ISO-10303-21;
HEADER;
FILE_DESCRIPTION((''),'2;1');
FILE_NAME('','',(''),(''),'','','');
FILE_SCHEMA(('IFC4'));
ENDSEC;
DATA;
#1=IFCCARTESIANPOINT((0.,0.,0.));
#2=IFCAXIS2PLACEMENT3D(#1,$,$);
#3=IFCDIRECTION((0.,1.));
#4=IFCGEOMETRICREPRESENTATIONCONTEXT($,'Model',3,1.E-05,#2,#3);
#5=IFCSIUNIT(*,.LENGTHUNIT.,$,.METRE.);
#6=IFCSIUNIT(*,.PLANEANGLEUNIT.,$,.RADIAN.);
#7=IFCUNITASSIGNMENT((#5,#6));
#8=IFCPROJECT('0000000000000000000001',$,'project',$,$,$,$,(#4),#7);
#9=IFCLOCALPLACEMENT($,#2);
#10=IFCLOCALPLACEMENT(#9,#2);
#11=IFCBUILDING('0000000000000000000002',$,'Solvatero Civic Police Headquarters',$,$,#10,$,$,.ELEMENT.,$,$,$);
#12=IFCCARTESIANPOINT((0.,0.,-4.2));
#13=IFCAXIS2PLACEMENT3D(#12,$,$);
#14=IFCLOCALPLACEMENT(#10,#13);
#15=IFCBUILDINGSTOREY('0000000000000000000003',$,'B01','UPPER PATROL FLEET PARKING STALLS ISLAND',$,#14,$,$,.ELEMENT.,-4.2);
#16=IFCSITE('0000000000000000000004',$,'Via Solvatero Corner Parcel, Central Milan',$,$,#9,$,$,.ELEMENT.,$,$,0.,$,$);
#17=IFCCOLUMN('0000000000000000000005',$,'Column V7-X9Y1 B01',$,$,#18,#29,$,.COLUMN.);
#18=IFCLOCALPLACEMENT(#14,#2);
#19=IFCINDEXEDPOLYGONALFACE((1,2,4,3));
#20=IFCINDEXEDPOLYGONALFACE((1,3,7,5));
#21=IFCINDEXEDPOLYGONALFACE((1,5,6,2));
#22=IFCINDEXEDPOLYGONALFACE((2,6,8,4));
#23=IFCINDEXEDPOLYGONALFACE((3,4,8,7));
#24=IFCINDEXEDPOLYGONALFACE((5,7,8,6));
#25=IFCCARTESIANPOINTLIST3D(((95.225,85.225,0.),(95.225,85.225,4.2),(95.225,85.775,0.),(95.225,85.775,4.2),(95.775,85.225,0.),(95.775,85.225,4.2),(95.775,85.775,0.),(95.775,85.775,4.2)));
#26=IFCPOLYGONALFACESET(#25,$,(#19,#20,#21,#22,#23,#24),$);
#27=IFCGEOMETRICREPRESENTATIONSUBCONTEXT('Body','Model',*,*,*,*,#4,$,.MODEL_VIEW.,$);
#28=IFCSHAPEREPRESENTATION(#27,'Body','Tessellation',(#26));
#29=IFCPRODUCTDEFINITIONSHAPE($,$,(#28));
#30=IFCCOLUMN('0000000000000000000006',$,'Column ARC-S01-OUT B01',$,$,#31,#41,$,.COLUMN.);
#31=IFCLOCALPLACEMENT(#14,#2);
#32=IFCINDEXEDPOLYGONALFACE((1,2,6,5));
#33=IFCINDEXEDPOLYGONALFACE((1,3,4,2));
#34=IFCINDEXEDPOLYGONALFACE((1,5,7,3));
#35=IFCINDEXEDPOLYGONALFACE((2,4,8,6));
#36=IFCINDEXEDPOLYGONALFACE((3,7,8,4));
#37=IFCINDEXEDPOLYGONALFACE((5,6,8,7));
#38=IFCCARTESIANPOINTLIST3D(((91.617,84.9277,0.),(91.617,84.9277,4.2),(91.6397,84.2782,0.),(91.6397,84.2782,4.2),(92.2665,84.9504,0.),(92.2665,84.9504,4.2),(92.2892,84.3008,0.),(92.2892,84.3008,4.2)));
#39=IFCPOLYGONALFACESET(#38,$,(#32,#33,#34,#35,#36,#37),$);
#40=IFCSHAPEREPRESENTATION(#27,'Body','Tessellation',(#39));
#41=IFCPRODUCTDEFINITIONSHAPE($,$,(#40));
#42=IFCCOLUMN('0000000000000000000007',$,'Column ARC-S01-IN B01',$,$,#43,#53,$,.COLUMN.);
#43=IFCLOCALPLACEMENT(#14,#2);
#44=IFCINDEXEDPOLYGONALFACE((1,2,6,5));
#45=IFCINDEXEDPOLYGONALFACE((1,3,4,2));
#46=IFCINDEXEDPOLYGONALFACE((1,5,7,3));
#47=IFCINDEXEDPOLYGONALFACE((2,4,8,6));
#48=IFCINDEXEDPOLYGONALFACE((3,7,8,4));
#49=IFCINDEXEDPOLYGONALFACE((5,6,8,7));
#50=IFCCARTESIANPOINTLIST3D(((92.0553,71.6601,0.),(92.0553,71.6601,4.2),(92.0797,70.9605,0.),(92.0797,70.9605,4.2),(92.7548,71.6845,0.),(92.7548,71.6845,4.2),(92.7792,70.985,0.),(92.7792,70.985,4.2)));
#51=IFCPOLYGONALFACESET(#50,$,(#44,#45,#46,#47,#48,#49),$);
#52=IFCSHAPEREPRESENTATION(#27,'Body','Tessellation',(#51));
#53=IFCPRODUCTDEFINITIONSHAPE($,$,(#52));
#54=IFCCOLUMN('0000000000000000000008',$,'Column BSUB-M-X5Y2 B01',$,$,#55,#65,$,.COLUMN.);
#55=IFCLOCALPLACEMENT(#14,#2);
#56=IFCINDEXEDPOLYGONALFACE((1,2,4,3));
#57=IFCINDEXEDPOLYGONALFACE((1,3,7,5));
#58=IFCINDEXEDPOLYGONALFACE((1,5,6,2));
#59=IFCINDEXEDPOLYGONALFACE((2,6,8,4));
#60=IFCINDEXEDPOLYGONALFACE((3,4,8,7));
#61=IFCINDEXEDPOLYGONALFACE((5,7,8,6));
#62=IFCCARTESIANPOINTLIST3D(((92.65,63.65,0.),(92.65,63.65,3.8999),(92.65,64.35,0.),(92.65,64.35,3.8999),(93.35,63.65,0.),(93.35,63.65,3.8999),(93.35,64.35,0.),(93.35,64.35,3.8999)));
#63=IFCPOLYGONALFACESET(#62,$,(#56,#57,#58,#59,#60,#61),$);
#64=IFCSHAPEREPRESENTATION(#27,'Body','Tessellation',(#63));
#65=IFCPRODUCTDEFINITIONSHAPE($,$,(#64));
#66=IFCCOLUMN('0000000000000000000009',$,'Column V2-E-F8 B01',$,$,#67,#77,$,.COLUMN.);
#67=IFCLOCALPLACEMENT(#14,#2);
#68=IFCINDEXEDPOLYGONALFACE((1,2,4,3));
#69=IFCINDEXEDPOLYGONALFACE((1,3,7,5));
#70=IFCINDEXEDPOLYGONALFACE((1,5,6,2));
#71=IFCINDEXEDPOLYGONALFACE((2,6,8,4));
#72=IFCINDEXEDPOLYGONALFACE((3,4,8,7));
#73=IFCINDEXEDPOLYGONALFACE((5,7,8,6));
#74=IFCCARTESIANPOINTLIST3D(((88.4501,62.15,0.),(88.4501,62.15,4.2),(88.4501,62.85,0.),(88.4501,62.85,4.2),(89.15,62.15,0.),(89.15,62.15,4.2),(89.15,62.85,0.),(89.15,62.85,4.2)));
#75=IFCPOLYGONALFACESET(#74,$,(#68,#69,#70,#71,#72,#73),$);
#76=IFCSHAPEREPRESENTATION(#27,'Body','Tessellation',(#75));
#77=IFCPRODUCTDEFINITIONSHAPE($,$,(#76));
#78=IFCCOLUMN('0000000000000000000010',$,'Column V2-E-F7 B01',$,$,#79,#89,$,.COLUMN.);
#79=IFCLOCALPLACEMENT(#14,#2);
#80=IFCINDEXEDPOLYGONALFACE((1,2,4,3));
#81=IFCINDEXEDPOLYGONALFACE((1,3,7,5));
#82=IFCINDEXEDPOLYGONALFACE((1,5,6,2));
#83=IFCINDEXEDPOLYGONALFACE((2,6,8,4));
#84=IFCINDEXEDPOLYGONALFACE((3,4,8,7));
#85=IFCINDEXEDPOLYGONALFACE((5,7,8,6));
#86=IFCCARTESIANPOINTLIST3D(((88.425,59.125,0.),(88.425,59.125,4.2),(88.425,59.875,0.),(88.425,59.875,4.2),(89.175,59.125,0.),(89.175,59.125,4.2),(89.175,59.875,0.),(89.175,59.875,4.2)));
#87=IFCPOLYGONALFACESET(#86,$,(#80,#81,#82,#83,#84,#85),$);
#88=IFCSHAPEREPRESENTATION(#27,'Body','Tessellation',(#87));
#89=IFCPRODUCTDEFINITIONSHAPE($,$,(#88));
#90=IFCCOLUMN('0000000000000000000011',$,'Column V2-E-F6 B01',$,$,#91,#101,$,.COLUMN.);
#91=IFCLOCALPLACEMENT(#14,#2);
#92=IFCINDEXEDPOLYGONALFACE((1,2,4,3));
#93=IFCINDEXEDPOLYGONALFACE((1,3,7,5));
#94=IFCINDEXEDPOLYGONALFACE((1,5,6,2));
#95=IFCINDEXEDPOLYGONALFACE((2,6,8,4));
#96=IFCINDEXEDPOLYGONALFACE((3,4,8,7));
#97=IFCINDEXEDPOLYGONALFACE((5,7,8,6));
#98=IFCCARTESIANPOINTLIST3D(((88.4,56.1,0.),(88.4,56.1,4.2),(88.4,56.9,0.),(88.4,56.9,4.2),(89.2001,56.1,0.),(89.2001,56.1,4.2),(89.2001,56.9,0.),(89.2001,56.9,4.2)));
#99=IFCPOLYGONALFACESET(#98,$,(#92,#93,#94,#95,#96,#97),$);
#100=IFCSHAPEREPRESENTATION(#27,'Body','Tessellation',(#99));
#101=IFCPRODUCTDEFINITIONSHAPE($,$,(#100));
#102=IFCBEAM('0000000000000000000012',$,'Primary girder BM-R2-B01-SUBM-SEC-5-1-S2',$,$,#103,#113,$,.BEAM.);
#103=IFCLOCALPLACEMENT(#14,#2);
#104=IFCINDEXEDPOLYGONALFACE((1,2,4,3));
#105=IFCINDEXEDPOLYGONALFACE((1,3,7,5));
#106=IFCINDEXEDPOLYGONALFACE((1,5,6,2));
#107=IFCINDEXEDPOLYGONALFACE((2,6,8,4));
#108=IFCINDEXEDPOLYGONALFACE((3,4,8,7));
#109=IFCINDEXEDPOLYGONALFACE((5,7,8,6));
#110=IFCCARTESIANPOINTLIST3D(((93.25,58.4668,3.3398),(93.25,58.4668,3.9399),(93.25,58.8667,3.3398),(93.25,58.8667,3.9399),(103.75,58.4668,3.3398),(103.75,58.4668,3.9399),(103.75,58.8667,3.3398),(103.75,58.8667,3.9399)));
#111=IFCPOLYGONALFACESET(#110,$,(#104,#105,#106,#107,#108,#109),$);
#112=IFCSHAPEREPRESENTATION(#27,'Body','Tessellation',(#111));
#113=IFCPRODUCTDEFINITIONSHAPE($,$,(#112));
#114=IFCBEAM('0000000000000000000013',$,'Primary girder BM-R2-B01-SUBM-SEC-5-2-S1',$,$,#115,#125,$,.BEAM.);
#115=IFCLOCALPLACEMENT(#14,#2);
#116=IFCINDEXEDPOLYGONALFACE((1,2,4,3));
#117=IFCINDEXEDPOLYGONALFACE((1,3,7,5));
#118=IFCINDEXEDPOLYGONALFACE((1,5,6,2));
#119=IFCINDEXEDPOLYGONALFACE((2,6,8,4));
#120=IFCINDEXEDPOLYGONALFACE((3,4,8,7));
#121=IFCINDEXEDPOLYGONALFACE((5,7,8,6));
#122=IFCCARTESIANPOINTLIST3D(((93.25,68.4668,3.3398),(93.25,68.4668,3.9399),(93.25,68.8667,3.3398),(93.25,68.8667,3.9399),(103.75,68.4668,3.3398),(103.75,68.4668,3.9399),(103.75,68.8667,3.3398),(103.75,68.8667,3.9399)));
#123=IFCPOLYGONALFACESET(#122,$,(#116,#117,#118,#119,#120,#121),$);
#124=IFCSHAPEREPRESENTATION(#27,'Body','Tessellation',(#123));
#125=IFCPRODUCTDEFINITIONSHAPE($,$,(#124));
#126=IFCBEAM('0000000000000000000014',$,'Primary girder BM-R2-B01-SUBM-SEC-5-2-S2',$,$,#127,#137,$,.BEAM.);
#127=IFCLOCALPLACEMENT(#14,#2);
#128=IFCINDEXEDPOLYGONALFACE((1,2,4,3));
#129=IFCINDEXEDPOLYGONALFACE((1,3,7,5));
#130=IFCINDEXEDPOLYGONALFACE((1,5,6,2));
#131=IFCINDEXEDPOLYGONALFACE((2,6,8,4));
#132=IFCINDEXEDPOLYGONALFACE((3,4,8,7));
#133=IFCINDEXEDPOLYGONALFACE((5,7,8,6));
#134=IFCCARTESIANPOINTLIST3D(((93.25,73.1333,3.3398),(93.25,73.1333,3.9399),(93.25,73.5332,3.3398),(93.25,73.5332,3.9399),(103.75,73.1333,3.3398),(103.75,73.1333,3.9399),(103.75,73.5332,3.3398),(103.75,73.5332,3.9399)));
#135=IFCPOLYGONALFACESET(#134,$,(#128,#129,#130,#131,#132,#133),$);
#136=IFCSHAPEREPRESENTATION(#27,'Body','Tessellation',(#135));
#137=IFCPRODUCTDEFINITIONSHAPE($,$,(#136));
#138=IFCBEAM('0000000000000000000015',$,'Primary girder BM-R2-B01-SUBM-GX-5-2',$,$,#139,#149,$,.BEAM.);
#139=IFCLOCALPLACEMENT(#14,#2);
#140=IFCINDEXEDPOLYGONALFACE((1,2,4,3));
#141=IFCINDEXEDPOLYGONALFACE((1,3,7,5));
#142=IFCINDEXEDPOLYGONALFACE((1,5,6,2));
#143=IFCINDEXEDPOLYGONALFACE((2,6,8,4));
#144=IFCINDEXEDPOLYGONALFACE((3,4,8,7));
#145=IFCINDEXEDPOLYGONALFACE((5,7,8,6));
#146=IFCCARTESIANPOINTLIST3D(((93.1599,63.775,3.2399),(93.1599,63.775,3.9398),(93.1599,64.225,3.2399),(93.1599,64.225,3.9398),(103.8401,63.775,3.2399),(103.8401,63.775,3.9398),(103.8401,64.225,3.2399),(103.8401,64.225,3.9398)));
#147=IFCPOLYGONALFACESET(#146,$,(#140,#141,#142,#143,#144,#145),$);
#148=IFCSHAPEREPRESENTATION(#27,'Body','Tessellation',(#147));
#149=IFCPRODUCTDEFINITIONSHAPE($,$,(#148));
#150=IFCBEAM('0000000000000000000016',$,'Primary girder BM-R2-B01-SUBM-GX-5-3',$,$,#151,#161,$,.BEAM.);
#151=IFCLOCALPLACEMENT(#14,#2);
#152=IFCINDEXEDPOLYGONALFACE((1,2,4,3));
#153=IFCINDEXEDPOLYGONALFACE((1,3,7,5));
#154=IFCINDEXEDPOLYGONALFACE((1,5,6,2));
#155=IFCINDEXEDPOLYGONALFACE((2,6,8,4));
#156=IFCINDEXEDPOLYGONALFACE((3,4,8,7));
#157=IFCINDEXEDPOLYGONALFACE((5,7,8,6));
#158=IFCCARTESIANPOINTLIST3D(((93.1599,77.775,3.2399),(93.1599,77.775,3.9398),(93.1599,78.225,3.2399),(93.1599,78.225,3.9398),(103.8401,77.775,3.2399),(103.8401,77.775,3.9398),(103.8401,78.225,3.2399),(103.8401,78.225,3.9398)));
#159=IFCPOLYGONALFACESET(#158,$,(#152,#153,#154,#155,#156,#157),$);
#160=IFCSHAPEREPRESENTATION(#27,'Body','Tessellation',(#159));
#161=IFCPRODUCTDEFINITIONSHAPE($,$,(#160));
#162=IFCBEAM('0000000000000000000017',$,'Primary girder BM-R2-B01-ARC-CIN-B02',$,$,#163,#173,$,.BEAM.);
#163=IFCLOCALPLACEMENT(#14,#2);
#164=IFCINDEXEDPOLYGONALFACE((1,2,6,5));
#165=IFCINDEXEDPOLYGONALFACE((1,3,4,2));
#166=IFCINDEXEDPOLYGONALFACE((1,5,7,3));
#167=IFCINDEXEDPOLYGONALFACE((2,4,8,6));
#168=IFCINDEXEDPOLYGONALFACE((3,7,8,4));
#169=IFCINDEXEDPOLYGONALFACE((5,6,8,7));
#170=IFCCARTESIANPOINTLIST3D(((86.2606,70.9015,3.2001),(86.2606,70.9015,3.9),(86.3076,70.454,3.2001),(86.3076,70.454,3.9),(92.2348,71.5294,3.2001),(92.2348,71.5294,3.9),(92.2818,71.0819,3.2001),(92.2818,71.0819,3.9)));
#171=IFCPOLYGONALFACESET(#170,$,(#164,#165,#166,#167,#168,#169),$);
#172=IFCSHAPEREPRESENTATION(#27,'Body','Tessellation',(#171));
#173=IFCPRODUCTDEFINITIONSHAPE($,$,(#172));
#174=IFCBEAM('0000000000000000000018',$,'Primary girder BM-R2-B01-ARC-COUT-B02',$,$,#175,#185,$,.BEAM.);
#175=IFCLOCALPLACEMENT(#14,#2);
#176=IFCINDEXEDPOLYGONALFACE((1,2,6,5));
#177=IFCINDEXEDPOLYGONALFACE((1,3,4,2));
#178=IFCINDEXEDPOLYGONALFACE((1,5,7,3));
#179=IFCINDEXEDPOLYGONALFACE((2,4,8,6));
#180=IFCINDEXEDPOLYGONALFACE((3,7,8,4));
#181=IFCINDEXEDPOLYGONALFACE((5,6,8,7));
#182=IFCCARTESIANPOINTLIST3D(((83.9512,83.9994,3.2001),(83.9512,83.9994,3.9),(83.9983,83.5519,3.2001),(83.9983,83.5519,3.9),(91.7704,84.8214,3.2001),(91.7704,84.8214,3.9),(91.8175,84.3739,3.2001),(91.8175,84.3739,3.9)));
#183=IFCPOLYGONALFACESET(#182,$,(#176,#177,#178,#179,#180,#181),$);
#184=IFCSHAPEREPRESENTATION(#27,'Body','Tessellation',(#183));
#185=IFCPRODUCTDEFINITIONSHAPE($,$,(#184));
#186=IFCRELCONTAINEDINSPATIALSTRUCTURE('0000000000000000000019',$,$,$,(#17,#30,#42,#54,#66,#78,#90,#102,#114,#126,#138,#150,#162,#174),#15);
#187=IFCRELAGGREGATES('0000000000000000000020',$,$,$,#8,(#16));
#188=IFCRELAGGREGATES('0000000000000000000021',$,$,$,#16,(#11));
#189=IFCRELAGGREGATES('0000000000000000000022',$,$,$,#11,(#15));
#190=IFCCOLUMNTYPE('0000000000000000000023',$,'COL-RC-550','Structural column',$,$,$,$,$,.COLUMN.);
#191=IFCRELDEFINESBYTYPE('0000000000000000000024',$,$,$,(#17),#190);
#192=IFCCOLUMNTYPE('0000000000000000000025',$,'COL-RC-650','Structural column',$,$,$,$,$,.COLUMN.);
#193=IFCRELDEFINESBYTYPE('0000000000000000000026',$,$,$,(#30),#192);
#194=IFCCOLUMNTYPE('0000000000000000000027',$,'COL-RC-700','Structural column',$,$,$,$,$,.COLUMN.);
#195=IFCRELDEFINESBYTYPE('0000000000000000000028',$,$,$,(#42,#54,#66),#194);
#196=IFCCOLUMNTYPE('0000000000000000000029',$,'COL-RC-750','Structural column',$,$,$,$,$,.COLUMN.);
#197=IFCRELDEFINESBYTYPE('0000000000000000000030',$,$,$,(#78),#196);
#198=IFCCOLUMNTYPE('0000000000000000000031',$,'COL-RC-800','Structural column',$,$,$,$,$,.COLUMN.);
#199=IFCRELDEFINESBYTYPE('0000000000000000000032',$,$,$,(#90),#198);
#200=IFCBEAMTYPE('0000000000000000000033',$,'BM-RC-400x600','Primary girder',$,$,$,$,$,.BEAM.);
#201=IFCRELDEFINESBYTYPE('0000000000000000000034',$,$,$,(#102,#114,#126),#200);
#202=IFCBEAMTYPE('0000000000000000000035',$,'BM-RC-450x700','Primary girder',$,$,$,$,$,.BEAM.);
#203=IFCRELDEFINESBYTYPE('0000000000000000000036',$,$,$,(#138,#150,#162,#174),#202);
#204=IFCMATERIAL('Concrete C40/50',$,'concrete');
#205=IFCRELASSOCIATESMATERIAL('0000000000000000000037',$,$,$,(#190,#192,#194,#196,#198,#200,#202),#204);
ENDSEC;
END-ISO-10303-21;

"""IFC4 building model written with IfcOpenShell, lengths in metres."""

from ifc_helpers import new_model, si_unit, direction, frame, origin, origin_2d, place, context, subcontext, project, spatial, rectangle, extrude, material, material_profile, profile_set, type_object, element, save


model = new_model("IFC4")

# Units and contexts
model_context = context("Model", 3, precision=1e-05, world=origin(), true_north=direction((0.0, 1.0)))
body_context = subcontext(model_context, "Body", "Model", "MODEL_VIEW")
ifc_project = project(units=[si_unit("LENGTHUNIT", "METRE"), si_unit("PLANEANGLEUNIT", "RADIAN")], contexts=[model_context])

# Site, building, storey
site_placement = place(None, origin())
site = spatial("IfcSite", under=ifc_project, at=site_placement, Name="Via Solvatero Corner Parcel, Central Milan", CompositionType="ELEMENT", RefElevation=0.0)
building_placement = place(site_placement, origin())
building = spatial("IfcBuilding", under=site, at=building_placement, Name="Solvatero Civic Police Headquarters", CompositionType="ELEMENT")
storey_placement = place(building_placement, frame((0.0, 0.0, -4.2)))
storey = spatial("IfcBuildingStorey", under=building, at=storey_placement, Name="B01", Description="UPPER PATROL FLEET PARKING STALLS ISLAND", CompositionType="ELEMENT", Elevation=-4.2)

# Columns
ifc_material_1 = material(Name="Concrete C40/50", Category="concrete")
ifc_material_profile_1 = material_profile(ifc_material_1, rectangle(XDim=0.55, YDim=0.55, at=origin_2d()), Name="RC 550x550")
ifc_profile_set_1 = profile_set([ifc_material_profile_1], Name="Concrete C40/50")
column_type_1 = type_object("IfcColumnType", Name="COL-RC-550", Description="Structural column", PredefinedType="COLUMN", material=ifc_profile_set_1)
column_1_placement = place(storey_placement, frame((95.5, 85.5, 0.0), z_axis=(0.0, 0.0, 1.0), x_axis=(1.0, 0.0, 0.0)))
element("IfcColumn", 1, at=column_1_placement, inside=storey, type_object=column_type_1, Name="Column V7-X9Y1 B01", PredefinedType="COLUMN", context=body_context, shape_type="SweptSolid", body=[
    extrude(rectangle(XDim=0.55, YDim=0.55, at=origin_2d()), origin(), (0.0, 0.0, 1.0), 4.2),
])
ifc_material_profile_2 = material_profile(ifc_material_1, rectangle(XDim=0.6499, YDim=0.6499, at=origin_2d()), Name="RC 650x650")
ifc_profile_set_2 = profile_set([ifc_material_profile_2], Name="Concrete C40/50")
column_type_2 = type_object("IfcColumnType", Name="COL-RC-650", Description="Structural column", PredefinedType="COLUMN", material=ifc_profile_set_2)
column_2_placement = place(storey_placement, frame((91.9531, 84.6143, 0.0), z_axis=(0.0, 0.0, 1.0), x_axis=(0.999391, 0.034899, 0.0)))
element("IfcColumn", 2, at=column_2_placement, inside=storey, type_object=column_type_2, Name="Column ARC-S01-OUT B01", PredefinedType="COLUMN", context=body_context, shape_type="SweptSolid", body=[
    extrude(rectangle(XDim=0.6499, YDim=0.6499, at=origin_2d()), origin(), (0.0, 0.0, 1.0), 4.2),
])
ifc_material_profile_3 = material_profile(ifc_material_1, rectangle(XDim=0.7, YDim=0.7, at=origin_2d()), Name="RC 700x700")
ifc_profile_set_3 = profile_set([ifc_material_profile_3], Name="Concrete C40/50")
column_type_3 = type_object("IfcColumnType", Name="COL-RC-700", Description="Structural column", PredefinedType="COLUMN", material=ifc_profile_set_3)
column_3_placement = place(storey_placement, frame((92.4172, 71.3225, 0.0), z_axis=(0.0, 0.0, 1.0), x_axis=(0.999391, 0.034899, 0.0)))
element("IfcColumn", 3, at=column_3_placement, inside=storey, type_object=column_type_3, Name="Column ARC-S01-IN B01", PredefinedType="COLUMN", context=body_context, shape_type="SweptSolid", body=[
    extrude(rectangle(XDim=0.7, YDim=0.7, at=origin_2d()), origin(), (0.0, 0.0, 1.0), 4.2),
])
column_4_placement = place(storey_placement, frame((93.0, 64.0, 0.0), z_axis=(0.0, 0.0, 1.0), x_axis=(1.0, 0.0, 0.0)))
element("IfcColumn", 4, at=column_4_placement, inside=storey, type_object=column_type_3, Name="Column BSUB-M-X5Y2 B01", PredefinedType="COLUMN", context=body_context, shape_type="SweptSolid", body=[
    extrude(rectangle(XDim=0.7, YDim=0.7, at=origin_2d()), origin(), (0.0, 0.0, 1.0), 3.8999),
])
column_5_placement = place(storey_placement, frame((88.8, 62.5, 0.0), z_axis=(0.0, 0.0, 1.0), x_axis=(1.0, 0.0, 0.0)))
element("IfcColumn", 5, at=column_5_placement, inside=storey, type_object=column_type_3, Name="Column V2-E-F8 B01", PredefinedType="COLUMN", context=body_context, shape_type="SweptSolid", body=[
    extrude(rectangle(XDim=0.7, YDim=0.7, at=origin_2d()), origin(), (0.0, 0.0, 1.0), 4.2),
])
ifc_material_profile_4 = material_profile(ifc_material_1, rectangle(XDim=0.75, YDim=0.75, at=origin_2d()), Name="RC 750x750")
ifc_profile_set_4 = profile_set([ifc_material_profile_4], Name="Concrete C40/50")
column_type_4 = type_object("IfcColumnType", Name="COL-RC-750", Description="Structural column", PredefinedType="COLUMN", material=ifc_profile_set_4)
column_6_placement = place(storey_placement, frame((88.8, 59.5, 0.0), z_axis=(0.0, 0.0, 1.0), x_axis=(1.0, 0.0, 0.0)))
element("IfcColumn", 6, at=column_6_placement, inside=storey, type_object=column_type_4, Name="Column V2-E-F7 B01", PredefinedType="COLUMN", context=body_context, shape_type="SweptSolid", body=[
    extrude(rectangle(XDim=0.75, YDim=0.75, at=origin_2d()), origin(), (0.0, 0.0, 1.0), 4.2),
])
ifc_material_profile_5 = material_profile(ifc_material_1, rectangle(XDim=0.8, YDim=0.8, at=origin_2d()), Name="RC 800x800")
ifc_profile_set_5 = profile_set([ifc_material_profile_5], Name="Concrete C40/50")
column_type_5 = type_object("IfcColumnType", Name="COL-RC-800", Description="Structural column", PredefinedType="COLUMN", material=ifc_profile_set_5)
column_7_placement = place(storey_placement, frame((88.8, 56.5, 0.0), z_axis=(0.0, 0.0, 1.0), x_axis=(1.0, 0.0, 0.0)))
element("IfcColumn", 7, at=column_7_placement, inside=storey, type_object=column_type_5, Name="Column V2-E-F6 B01", PredefinedType="COLUMN", context=body_context, shape_type="SweptSolid", body=[
    extrude(rectangle(XDim=0.8, YDim=0.8, at=origin_2d()), origin(), (0.0, 0.0, 1.0), 4.2),
])

# Beams
ifc_material_profile_6 = material_profile(ifc_material_1, rectangle(XDim=0.3999, YDim=0.6001, at=origin_2d()), Name="RC 400x600")
ifc_profile_set_6 = profile_set([ifc_material_profile_6], Name="Concrete C40/50")
beam_type_1 = type_object("IfcBeamType", Name="BM-RC-400x600", Description="Primary girder", PredefinedType="BEAM", material=ifc_profile_set_6)
for number, where, z_axis, x_axis, name in (
    (8, (93.25, 58.6667, 3.6399), (1.0, 0.0, 0.0), (0.0, 1.0, 0.0), "Primary girder BM-R2-B01-SUBM-SEC-5-1-S2"),
    (9, (93.25, 68.6667, 3.6399), (1.0, 0.0, 0.0), (0.0, 1.0, 0.0), "Primary girder BM-R2-B01-SUBM-SEC-5-2-S1"),
    (10, (93.25, 73.3333, 3.6399), (1.0, 0.0, 0.0), (0.0, 1.0, 0.0), "Primary girder BM-R2-B01-SUBM-SEC-5-2-S2"),
):
    element("IfcBeam", number, at=place(storey_placement, frame(where, z_axis=z_axis, x_axis=x_axis)), inside=storey, type_object=beam_type_1, Name=name, PredefinedType="BEAM", context=body_context, shape_type="SweptSolid", body=[
        extrude(rectangle(XDim=0.3999, YDim=0.6001, at=origin_2d()), origin(), (0.0, 0.0, 1.0), 10.5),
    ])
ifc_material_profile_7 = material_profile(ifc_material_1, rectangle(XDim=0.45, YDim=0.7, at=origin_2d()), Name="RC 450x700")
ifc_profile_set_7 = profile_set([ifc_material_profile_7], Name="Concrete C40/50")
beam_type_2 = type_object("IfcBeamType", Name="BM-RC-450x700", Description="Primary girder", PredefinedType="BEAM", material=ifc_profile_set_7)
for number, where, z_axis, x_axis, name in (
    (11, (93.1599, 64.0, 3.5898), (1.0, 0.0, 0.0), (0.0, 1.0, 0.0), "Primary girder BM-R2-B01-SUBM-GX-5-2"),
    (12, (93.1599, 78.0, 3.5898), (1.0, 0.0, 0.0), (0.0, 1.0, 0.0), "Primary girder BM-R2-B01-SUBM-GX-5-3"),
):
    element("IfcBeam", number, at=place(storey_placement, frame(where, z_axis=z_axis, x_axis=x_axis)), inside=storey, type_object=beam_type_2, Name=name, PredefinedType="BEAM", context=body_context, shape_type="SweptSolid", body=[
        extrude(rectangle(XDim=0.45, YDim=0.7, at=origin_2d()), origin(), (0.0, 0.0, 1.0), 10.6802),
    ])
beam_1_placement = place(storey_placement, frame((92.2583, 71.3057, 3.55), z_axis=(-0.994521, -0.104532, 0.0), x_axis=(0.104532, -0.994521, 0.0)))
element("IfcBeam", 13, at=beam_1_placement, inside=storey, type_object=beam_type_2, Name="Primary girder BM-R2-B01-ARC-CIN-B02", PredefinedType="BEAM", context=body_context, shape_type="SweptSolid", body=[
    extrude(rectangle(XDim=0.45, YDim=0.7, at=origin_2d()), origin(), (0.0, 0.0, 1.0), 6.0071),
])
beam_2_placement = place(storey_placement, frame((91.7939, 84.5977, 3.55), z_axis=(-0.99452, -0.104551, 0.0), x_axis=(0.104551, -0.99452, 0.0)))
element("IfcBeam", 14, at=beam_2_placement, inside=storey, type_object=beam_type_2, Name="Primary girder BM-R2-B01-ARC-COUT-B02", PredefinedType="BEAM", context=body_context, shape_type="SweptSolid", body=[
    extrude(rectangle(XDim=0.45, YDim=0.7, at=origin_2d()), origin(), (0.0, 0.0, 1.0), 7.8623),
])

save(model, "model.ifc")
